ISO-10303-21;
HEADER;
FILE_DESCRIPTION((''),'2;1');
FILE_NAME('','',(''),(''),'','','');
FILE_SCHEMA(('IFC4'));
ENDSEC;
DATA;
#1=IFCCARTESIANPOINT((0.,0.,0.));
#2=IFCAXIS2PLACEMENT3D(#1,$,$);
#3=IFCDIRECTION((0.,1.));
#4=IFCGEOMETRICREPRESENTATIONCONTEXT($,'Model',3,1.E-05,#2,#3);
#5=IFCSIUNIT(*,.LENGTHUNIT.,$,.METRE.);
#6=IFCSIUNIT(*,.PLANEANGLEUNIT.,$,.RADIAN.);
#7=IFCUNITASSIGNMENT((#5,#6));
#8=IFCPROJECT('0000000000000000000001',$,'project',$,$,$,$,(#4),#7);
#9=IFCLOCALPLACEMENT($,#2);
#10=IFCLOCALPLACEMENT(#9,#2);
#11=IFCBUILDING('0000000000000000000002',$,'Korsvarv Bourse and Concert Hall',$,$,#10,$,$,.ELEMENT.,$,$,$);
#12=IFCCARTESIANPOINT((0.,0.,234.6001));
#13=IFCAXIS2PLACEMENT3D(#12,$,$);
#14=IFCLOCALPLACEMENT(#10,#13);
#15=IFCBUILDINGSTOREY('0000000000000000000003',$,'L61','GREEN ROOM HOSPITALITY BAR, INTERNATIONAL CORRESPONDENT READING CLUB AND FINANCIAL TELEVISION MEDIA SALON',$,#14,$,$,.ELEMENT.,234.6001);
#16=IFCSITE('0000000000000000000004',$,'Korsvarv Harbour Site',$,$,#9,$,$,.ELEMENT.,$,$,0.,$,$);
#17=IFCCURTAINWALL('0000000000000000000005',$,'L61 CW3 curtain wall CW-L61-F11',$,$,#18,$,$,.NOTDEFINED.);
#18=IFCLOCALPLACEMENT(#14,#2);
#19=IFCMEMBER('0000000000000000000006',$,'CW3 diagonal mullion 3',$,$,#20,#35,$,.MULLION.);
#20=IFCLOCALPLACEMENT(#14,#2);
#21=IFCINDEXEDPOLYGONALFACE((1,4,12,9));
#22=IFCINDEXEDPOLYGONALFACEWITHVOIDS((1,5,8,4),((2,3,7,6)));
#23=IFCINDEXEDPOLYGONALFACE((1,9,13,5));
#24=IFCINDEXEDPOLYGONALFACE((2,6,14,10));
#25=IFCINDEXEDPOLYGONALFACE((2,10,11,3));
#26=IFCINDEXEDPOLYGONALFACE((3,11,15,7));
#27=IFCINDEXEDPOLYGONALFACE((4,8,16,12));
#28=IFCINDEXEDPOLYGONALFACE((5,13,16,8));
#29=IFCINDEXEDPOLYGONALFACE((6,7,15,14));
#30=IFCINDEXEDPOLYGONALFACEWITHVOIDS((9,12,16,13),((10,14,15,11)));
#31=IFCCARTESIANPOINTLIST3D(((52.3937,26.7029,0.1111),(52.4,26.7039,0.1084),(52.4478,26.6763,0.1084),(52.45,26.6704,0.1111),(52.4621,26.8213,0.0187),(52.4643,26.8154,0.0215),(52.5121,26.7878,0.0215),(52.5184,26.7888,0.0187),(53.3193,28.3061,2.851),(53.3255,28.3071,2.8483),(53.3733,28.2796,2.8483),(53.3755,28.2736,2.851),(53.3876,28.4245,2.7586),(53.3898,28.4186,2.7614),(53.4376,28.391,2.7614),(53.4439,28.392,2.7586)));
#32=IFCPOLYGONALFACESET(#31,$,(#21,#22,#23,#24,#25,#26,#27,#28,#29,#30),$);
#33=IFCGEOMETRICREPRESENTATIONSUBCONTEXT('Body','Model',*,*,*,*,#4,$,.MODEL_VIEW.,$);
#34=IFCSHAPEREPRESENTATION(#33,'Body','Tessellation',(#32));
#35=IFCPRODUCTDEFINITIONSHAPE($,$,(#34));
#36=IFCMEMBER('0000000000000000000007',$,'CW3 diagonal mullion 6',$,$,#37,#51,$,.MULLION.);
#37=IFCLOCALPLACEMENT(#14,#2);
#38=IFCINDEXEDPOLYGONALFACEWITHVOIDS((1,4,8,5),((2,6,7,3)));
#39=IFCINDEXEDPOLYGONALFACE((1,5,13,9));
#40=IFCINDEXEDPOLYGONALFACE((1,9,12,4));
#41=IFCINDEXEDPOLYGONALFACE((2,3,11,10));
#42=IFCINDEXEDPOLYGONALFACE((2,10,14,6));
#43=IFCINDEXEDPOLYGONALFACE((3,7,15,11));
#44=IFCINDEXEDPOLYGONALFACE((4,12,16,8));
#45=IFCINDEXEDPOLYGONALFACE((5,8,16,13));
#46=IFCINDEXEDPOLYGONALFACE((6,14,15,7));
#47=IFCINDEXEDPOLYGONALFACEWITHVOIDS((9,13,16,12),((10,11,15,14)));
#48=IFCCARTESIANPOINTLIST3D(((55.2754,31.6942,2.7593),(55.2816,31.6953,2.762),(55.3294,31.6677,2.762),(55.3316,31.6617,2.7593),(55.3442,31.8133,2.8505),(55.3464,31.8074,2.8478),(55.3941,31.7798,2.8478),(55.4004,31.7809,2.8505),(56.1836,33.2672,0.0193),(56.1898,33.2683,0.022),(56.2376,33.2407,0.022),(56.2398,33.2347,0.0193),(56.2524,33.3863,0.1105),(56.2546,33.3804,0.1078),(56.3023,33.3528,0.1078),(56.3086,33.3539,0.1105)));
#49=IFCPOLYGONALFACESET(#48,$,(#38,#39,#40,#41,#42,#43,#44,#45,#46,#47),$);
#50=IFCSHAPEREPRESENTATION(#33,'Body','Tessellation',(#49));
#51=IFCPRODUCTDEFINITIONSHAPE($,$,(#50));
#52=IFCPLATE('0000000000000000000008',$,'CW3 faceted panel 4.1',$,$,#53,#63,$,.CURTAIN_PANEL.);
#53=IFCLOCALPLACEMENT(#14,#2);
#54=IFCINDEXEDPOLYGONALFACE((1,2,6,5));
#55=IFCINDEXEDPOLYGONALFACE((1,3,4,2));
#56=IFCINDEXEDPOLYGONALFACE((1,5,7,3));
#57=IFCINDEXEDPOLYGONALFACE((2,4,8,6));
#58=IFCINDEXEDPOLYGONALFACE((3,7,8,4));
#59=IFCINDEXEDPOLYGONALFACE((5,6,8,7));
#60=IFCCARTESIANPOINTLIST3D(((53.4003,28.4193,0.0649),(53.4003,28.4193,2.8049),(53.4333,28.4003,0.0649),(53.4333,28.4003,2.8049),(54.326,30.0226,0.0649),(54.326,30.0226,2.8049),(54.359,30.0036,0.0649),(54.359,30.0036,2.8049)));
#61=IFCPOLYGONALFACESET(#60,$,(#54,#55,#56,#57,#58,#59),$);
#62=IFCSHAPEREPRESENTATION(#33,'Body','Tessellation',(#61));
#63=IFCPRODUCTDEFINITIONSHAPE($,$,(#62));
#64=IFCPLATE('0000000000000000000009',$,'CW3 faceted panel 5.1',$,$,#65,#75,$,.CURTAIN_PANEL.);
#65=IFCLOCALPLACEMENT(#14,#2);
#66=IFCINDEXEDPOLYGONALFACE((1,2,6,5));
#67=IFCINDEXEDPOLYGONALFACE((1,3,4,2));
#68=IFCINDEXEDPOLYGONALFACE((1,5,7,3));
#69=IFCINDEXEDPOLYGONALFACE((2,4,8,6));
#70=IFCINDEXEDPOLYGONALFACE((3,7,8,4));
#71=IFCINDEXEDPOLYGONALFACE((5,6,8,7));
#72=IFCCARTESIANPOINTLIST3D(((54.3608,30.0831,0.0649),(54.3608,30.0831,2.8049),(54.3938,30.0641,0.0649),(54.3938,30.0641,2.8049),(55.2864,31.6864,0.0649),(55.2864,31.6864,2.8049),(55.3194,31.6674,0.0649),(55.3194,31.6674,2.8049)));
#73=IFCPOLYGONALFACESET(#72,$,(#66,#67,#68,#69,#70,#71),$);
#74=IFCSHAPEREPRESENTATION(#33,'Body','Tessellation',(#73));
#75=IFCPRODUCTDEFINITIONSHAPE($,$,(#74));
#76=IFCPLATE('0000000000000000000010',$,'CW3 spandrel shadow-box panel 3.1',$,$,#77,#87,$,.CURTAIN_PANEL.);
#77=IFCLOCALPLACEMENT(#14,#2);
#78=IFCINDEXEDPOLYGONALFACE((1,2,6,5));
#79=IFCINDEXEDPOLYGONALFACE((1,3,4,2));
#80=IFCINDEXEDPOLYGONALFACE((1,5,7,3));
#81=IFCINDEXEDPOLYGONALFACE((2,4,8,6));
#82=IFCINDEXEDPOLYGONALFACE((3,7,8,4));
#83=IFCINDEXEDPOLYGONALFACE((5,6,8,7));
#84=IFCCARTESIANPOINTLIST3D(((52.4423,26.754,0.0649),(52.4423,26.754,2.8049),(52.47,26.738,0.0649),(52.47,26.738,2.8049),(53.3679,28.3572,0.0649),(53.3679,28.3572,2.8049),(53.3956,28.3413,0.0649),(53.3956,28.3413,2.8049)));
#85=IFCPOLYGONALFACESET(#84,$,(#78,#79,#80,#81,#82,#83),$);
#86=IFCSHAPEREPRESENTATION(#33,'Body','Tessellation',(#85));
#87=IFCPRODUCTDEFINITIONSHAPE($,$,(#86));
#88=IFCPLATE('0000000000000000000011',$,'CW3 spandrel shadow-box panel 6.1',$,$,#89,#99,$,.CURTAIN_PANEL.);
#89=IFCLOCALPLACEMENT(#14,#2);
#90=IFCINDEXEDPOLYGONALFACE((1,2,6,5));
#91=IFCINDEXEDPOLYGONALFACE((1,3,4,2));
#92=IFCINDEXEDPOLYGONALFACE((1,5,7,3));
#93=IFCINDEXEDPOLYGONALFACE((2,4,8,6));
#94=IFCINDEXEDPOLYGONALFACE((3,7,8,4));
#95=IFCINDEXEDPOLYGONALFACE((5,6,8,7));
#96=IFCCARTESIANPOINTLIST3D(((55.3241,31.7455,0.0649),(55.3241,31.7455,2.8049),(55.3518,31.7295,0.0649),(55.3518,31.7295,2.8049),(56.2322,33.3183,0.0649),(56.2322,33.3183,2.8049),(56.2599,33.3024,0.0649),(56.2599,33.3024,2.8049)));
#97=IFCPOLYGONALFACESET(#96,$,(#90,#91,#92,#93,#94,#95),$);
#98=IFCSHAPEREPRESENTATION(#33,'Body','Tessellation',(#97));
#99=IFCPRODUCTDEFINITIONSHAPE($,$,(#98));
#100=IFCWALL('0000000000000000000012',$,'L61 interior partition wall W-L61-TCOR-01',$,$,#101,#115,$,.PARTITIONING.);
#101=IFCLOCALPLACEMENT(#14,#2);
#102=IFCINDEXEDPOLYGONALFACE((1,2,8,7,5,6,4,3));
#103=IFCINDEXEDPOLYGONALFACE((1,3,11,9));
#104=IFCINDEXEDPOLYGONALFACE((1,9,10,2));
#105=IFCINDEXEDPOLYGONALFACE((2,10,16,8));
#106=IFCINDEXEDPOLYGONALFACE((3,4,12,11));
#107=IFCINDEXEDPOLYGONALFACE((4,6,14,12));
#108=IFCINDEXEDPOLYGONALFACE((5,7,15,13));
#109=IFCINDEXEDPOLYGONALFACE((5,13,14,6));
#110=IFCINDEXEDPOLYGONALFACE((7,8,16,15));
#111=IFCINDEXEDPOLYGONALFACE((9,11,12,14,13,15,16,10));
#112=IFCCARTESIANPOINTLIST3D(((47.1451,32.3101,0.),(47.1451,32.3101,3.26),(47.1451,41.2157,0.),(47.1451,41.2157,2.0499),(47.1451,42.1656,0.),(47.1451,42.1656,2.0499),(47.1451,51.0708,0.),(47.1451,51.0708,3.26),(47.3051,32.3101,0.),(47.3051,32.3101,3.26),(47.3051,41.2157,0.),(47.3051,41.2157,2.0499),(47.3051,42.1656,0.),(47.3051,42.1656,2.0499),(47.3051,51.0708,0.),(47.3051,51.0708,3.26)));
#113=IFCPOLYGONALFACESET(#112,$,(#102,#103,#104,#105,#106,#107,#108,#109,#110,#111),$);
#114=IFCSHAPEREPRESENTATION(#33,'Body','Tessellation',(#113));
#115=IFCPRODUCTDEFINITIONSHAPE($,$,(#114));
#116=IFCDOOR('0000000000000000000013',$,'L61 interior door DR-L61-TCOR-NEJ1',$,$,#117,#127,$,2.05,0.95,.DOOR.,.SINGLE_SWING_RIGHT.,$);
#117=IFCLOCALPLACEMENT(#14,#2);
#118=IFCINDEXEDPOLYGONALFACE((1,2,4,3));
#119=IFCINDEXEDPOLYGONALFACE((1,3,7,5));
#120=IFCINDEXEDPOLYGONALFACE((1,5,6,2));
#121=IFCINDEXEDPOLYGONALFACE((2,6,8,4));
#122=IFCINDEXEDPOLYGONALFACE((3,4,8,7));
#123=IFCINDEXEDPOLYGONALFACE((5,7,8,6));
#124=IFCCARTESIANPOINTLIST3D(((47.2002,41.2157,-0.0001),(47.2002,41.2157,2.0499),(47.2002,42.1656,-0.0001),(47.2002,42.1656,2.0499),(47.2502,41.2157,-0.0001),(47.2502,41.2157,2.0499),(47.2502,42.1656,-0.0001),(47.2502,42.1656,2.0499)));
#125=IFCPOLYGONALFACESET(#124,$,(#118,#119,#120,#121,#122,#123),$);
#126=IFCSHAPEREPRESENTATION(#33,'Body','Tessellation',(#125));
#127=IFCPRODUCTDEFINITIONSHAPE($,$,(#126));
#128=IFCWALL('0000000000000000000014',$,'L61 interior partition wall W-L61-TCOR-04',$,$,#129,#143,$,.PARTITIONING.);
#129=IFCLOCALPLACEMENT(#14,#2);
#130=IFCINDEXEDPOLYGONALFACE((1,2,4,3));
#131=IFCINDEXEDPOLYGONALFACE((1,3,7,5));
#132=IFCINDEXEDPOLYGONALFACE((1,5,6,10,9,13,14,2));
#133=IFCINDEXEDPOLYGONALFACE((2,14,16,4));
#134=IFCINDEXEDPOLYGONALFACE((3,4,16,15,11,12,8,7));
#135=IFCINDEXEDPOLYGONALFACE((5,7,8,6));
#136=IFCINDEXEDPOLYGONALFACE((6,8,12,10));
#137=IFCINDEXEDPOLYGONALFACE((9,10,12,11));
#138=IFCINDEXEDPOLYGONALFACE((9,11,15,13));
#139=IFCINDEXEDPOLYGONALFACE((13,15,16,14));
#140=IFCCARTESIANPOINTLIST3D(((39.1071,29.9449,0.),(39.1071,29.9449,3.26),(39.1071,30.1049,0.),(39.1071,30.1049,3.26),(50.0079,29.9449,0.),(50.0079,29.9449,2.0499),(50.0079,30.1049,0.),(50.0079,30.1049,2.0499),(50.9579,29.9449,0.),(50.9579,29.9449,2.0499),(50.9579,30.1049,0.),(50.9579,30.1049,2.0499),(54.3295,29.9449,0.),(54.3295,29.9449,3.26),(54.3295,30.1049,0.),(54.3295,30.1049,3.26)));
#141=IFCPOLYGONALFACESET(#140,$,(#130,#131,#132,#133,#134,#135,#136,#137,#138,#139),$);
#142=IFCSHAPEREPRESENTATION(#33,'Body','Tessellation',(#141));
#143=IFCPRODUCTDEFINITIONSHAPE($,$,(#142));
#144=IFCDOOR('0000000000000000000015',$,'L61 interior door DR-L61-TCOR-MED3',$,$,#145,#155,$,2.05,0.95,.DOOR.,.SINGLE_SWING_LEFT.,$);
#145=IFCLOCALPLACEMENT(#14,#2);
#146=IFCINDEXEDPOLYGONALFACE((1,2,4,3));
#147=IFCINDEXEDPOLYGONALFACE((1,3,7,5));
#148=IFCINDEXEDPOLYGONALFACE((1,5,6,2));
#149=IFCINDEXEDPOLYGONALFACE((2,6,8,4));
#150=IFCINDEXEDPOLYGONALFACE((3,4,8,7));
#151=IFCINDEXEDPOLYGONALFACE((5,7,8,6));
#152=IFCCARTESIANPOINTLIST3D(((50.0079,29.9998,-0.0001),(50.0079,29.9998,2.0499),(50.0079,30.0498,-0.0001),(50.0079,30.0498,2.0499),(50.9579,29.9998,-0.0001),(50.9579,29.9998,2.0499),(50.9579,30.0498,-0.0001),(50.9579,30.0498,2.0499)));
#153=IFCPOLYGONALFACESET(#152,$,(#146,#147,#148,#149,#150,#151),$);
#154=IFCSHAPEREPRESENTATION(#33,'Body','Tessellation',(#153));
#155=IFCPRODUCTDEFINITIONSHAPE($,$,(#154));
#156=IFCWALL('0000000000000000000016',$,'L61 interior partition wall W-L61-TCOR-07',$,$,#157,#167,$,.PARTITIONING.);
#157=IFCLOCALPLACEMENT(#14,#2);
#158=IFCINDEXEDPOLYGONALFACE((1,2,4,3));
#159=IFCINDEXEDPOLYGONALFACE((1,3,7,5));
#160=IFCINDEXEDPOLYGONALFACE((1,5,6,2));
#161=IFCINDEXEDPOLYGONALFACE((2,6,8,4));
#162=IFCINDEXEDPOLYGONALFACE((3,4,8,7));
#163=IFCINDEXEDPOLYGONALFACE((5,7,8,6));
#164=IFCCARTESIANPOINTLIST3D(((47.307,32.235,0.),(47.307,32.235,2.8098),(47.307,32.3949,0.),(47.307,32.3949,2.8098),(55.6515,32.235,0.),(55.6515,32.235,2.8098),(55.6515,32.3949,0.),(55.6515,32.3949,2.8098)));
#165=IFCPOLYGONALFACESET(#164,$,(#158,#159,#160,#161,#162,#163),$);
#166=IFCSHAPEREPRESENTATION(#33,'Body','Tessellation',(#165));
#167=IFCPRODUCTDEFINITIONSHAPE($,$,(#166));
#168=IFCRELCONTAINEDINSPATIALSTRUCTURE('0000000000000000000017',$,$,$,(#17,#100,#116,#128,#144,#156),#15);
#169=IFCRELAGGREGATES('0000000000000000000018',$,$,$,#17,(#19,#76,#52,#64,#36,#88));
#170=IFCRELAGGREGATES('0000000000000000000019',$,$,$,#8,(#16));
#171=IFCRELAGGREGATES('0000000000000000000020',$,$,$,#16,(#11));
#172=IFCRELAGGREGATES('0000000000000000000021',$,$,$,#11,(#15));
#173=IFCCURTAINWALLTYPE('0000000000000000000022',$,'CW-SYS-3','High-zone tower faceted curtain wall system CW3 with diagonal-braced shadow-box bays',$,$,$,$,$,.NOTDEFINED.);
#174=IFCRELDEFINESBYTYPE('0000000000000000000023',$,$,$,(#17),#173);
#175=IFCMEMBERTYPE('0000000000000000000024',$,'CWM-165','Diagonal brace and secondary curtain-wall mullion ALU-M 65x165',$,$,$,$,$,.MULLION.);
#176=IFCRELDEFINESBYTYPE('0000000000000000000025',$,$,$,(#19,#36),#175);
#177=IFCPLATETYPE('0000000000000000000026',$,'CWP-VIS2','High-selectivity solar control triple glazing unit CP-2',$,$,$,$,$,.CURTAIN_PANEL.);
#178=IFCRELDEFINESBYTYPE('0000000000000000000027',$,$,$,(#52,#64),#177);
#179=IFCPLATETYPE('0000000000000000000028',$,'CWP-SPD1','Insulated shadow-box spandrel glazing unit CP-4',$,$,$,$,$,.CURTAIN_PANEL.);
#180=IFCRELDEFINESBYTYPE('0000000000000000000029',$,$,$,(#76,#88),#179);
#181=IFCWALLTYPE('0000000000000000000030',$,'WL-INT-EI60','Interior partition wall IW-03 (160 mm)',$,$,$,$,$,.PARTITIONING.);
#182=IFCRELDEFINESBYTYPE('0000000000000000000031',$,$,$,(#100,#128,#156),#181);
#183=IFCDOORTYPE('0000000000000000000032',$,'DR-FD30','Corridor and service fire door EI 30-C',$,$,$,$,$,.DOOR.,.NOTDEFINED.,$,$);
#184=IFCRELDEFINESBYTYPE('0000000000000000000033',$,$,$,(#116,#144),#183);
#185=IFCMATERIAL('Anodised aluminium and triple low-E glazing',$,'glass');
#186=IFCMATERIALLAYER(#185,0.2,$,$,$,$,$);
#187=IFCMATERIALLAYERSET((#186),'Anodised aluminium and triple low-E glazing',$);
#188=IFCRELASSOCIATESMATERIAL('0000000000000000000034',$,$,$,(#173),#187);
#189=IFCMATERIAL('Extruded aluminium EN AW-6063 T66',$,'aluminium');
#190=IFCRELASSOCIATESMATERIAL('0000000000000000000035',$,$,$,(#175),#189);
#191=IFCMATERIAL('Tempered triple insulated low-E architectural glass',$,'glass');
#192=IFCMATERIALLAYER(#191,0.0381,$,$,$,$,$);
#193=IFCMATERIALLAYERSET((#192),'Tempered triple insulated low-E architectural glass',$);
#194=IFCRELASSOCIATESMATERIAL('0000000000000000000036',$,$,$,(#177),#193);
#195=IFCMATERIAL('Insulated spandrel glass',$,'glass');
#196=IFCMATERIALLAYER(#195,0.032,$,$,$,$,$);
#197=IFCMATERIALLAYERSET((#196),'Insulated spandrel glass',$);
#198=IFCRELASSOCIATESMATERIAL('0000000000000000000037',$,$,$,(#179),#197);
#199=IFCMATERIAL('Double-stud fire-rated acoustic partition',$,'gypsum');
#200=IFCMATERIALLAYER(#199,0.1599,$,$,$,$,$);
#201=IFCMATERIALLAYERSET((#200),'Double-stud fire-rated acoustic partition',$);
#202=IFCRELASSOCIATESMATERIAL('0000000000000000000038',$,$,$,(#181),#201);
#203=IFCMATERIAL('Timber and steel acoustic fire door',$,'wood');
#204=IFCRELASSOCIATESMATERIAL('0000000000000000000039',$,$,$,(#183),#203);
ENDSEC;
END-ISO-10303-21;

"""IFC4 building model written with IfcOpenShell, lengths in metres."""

from ifc_helpers import new_model, si_unit, direction, frame, frame_2d, origin, origin_2d, place, context, subcontext, project, spatial, rectangle, hollow_rectangle, extrude, source, transform, mapped, material, layer, layer_set, material_profile, profile_set, type_object, element, fill, aggregate, save


model = new_model("IFC4")

# Units and contexts
model_context = context("Model", 3, precision=1e-05, world=origin(), true_north=direction((0.0, 1.0)))
body_context = subcontext(model_context, "Body", "Model", "MODEL_VIEW")
ifc_project = project(units=[si_unit("LENGTHUNIT", "METRE"), si_unit("PLANEANGLEUNIT", "RADIAN")], contexts=[model_context])

# Site, building, storey
site_placement = place(None, origin())
site = spatial("IfcSite", under=ifc_project, at=site_placement, Name="Korsvarv Harbour Site", CompositionType="ELEMENT", RefElevation=0.0)
building_placement = place(site_placement, origin())
building = spatial("IfcBuilding", under=site, at=building_placement, Name="Korsvarv Bourse and Concert Hall", CompositionType="ELEMENT")
storey_placement = place(building_placement, frame((0.0, 0.0, 234.6001)))
storey = spatial("IfcBuildingStorey", under=building, at=storey_placement, Name="L61", Description="GREEN ROOM HOSPITALITY BAR, INTERNATIONAL CORRESPONDENT READING CLUB AND FINANCIAL TELEVISION MEDIA SALON", CompositionType="ELEMENT", Elevation=234.6001)

# Curtain wall, members, plates
ifc_material_1 = material(Name="Anodised aluminium and triple low-E glazing", Category="glass")
ifc_layer_1 = layer(ifc_material_1, 0.2)
ifc_layer_set_1 = layer_set([ifc_layer_1], Name="Anodised aluminium and triple low-E glazing")
curtain_wall_type = type_object("IfcCurtainWallType", Name="CW-SYS-3", Description="High-zone tower faceted curtain wall system CW3 with diagonal-braced shadow-box bays", PredefinedType="NOTDEFINED", material=ifc_layer_set_1)
curtain_wall_placement = place(storey_placement, origin())
curtain_wall = element("IfcCurtainWall", 1, at=curtain_wall_placement, inside=storey, type_object=curtain_wall_type, Name="L61 CW3 curtain wall CW-L61-F11", PredefinedType="NOTDEFINED")
ifc_material_2 = material(Name="Extruded aluminium EN AW-6063 T66", Category="aluminium")
ifc_material_profile_1 = material_profile(ifc_material_2, hollow_rectangle(XDim=0.0649, YDim=0.165, WallThickness=0.0049, at=origin_2d()), Name="ALU-M 65x165")
ifc_profile_set_1 = profile_set([ifc_material_profile_1], Name="Extruded aluminium EN AW-6063 T66")
member_type_1 = type_object("IfcMemberType", Name="CWM-165", Description="Diagonal brace and secondary curtain-wall mullion ALU-M 65x165", PredefinedType="MULLION", material=ifc_profile_set_1)
shared_shape_1 = source(origin(), body_context, "Body", "SweptSolid", [
    extrude(hollow_rectangle(XDim=0.0649, YDim=0.165, WallThickness=0.0049, at=origin_2d()), origin(), (0.0, 0.0, 1.0), 3.3066),
])
member_1_placement = place(storey_placement, frame((52.4561, 26.7458, 0.0649), z_axis=(0.279893, 0.484847, 0.828603), x_axis=(-0.866052, 0.499955, 0.0)))
member_1 = element("IfcMember", 2, at=member_1_placement, type_object=member_type_1, Name="CW3 diagonal mullion 3", PredefinedType="MULLION", context=body_context, shape_type="MappedRepresentation", body=[
    mapped(shared_shape_1, transform((0.0, 0.0, 0.0), scale=1.0)),
])
shared_shape_2 = source(origin(), body_context, "Body", "SweptSolid", [
    extrude(hollow_rectangle(XDim=0.0649, YDim=0.165, WallThickness=0.0049, at=origin_2d()), origin(), (0.0, 0.0, 1.0), 3.2874),
])
member_2_placement = place(storey_placement, frame((56.2461, 33.3105, 0.0649), z_axis=(-0.276272, -0.4785, 0.833494), x_axis=(0.866018, -0.500013, 0.0)))
member_2 = element("IfcMember", 3, at=member_2_placement, type_object=member_type_1, Name="CW3 diagonal mullion 6", PredefinedType="MULLION", context=body_context, shape_type="MappedRepresentation", body=[
    mapped(shared_shape_2, transform((0.0, 0.0, 0.0), scale=1.0)),
])
ifc_material_3 = material(Name="Tempered triple insulated low-E architectural glass", Category="glass")
ifc_layer_2 = layer(ifc_material_3, 0.0381)
ifc_layer_set_2 = layer_set([ifc_layer_2], Name="Tempered triple insulated low-E architectural glass")
plate_type_1 = type_object("IfcPlateType", Name="CWP-VIS2", Description="High-selectivity solar control triple glazing unit CP-2", PredefinedType="CURTAIN_PANEL", material=ifc_layer_set_2)
shared_shape_3 = source(origin(), body_context, "Body", "SweptSolid", [
    extrude(rectangle(XDim=1.8513, YDim=0.0381, at=origin_2d()), origin(), (0.0, 0.0, 1.0), 2.74),
])
plate_1_placement = place(storey_placement, frame((53.8796, 29.2114, 0.0649), z_axis=(0.0, 0.0, 1.0), x_axis=(0.499996, 0.866028, 0.0)))
plate_1 = element("IfcPlate", 4, at=plate_1_placement, type_object=plate_type_1, Name="CW3 faceted panel 4.1", PredefinedType="CURTAIN_PANEL", context=body_context, shape_type="MappedRepresentation", body=[
    mapped(shared_shape_3, transform((0.0, 0.0, 0.0), scale=1.0)),
])
plate_2_placement = place(storey_placement, frame((54.8401, 30.8752, 0.0649), z_axis=(0.0, 0.0, 1.0), x_axis=(0.499996, 0.866028, 0.0)))
plate_2 = element("IfcPlate", 5, at=plate_2_placement, type_object=plate_type_1, Name="CW3 faceted panel 5.1", PredefinedType="CURTAIN_PANEL", context=body_context, shape_type="MappedRepresentation", body=[
    mapped(shared_shape_3, transform((0.0, 0.0, 0.0), scale=1.0)),
])
ifc_material_4 = material(Name="Insulated spandrel glass", Category="glass")
ifc_layer_3 = layer(ifc_material_4, 0.032)
ifc_layer_set_3 = layer_set([ifc_layer_3], Name="Insulated spandrel glass")
plate_type_2 = type_object("IfcPlateType", Name="CWP-SPD1", Description="Insulated shadow-box spandrel glazing unit CP-4", PredefinedType="CURTAIN_PANEL", material=ifc_layer_set_3)
shared_shape_4 = source(origin(), body_context, "Body", "SweptSolid", [
    extrude(rectangle(XDim=1.8513, YDim=0.032, at=origin_2d()), origin(), (0.0, 0.0, 1.0), 2.74),
])
plate_3_placement = place(storey_placement, frame((52.9189, 27.5476, 0.0649), z_axis=(0.0, 0.0, 1.0), x_axis=(0.499996, 0.866028, 0.0)))
plate_3 = element("IfcPlate", 6, at=plate_3_placement, type_object=plate_type_2, Name="CW3 spandrel shadow-box panel 3.1", PredefinedType="CURTAIN_PANEL", context=body_context, shape_type="MappedRepresentation", body=[
    mapped(shared_shape_4, transform((0.0, 0.0, 0.0), scale=1.0)),
])
shared_shape_5 = source(origin(), body_context, "Body", "SweptSolid", [
    extrude(rectangle(XDim=1.8162, YDim=0.032, at=origin_2d()), origin(), (0.0, 0.0, 1.0), 2.74),
])
plate_4_placement = place(storey_placement, frame((55.792, 32.5239, 0.0649), z_axis=(0.0, 0.0, 1.0), x_axis=(0.499996, 0.866028, 0.0)))
plate_4 = element("IfcPlate", 7, at=plate_4_placement, type_object=plate_type_2, Name="CW3 spandrel shadow-box panel 6.1", PredefinedType="CURTAIN_PANEL", context=body_context, shape_type="MappedRepresentation", body=[
    mapped(shared_shape_5, transform((0.0, 0.0, 0.0), scale=1.0)),
])
aggregate(curtain_wall, [member_1, plate_3, plate_1, plate_2, member_2, plate_4])

# Walls, openings, doors
ifc_material_5 = material(Name="Double-stud fire-rated acoustic partition", Category="gypsum")
ifc_layer_4 = layer(ifc_material_5, 0.1599)
ifc_layer_set_4 = layer_set([ifc_layer_4], Name="Double-stud fire-rated acoustic partition")
wall_type_1 = type_object("IfcWallType", Name="WL-INT-EI60", Description="Interior partition wall IW-03 (160 mm)", PredefinedType="PARTITIONING", material=ifc_layer_set_4)
wall_1_placement = place(storey_placement, frame((47.2251, 32.3101, 0.0), z_axis=(0.0, 0.0, 1.0), x_axis=(0.0, 1.0, 0.0)))
wall_1 = element("IfcWall", 8, at=wall_1_placement, inside=storey, type_object=wall_type_1, Name="L61 interior partition wall W-L61-TCOR-01", PredefinedType="PARTITIONING", context=body_context, shape_type="SweptSolid", body=[
    extrude(rectangle(XDim=18.7607, YDim=0.1599, at=frame_2d((9.3804, 0.0))), origin(), (0.0, 0.0, 1.0), 3.26),
])
opening_1_placement = place(wall_1_placement, frame((8.9055, 0.0, 0.0)))
opening_1 = element("IfcOpeningElement", 9, at=opening_1_placement, cuts=wall_1, PredefinedType="OPENING", context=body_context, shape_type="SweptSolid", body=[
    extrude(rectangle(XDim=0.95, YDim=2.05, at=frame_2d((0.4751, 1.0249))), frame((0.0, 0.0898, 0.0), z_axis=(0.0, -1.0, 0.0), x_axis=(1.0, 0.0, 0.0)), (0.0, 0.0, 1.0), 0.1799),
])
ifc_material_6 = material(Name="Timber and steel acoustic fire door", Category="wood")
door_type = type_object("IfcDoorType", Name="DR-FD30", Description="Corridor and service fire door EI 30-C", OperationType="NOTDEFINED", PredefinedType="DOOR", material=ifc_material_6)
door_1_placement = place(opening_1_placement, origin())
door_1 = element("IfcDoor", 10, at=door_1_placement, inside=storey, type_object=door_type, Name="L61 interior door DR-L61-TCOR-NEJ1", OperationType="SINGLE_SWING_RIGHT", OverallHeight=2.05, OverallWidth=0.95, PredefinedType="DOOR", context=body_context, shape_type="SweptSolid", body=[
    extrude(rectangle(XDim=0.95, YDim=2.05, at=frame_2d((0.4751, 1.0249))), frame((0.0, 0.0249, 0.0), z_axis=(0.0, -1.0, 0.0), x_axis=(1.0, 0.0, 0.0)), (0.0, 0.0, 1.0), 0.05),
])
fill(opening_1, door_1)
wall_2_placement = place(storey_placement, frame((39.1069, 30.0249, 0.0), z_axis=(0.0, 0.0, 1.0), x_axis=(1.0, 0.0, 0.0)))
wall_2 = element("IfcWall", 11, at=wall_2_placement, inside=storey, type_object=wall_type_1, Name="L61 interior partition wall W-L61-TCOR-04", PredefinedType="PARTITIONING", context=body_context, shape_type="SweptSolid", body=[
    extrude(rectangle(XDim=15.2224, YDim=0.1599, at=frame_2d((7.6113, 0.0))), origin(), (0.0, 0.0, 1.0), 3.26),
])
opening_2_placement = place(wall_2_placement, frame((10.9009, 0.0, 0.0)))
opening_2 = element("IfcOpeningElement", 12, at=opening_2_placement, cuts=wall_2, PredefinedType="OPENING", context=body_context, shape_type="SweptSolid", body=[
    extrude(rectangle(XDim=0.95, YDim=2.05, at=frame_2d((0.4751, 1.0249))), frame((0.0, 0.0898, 0.0), z_axis=(0.0, -1.0, 0.0), x_axis=(1.0, 0.0, 0.0)), (0.0, 0.0, 1.0), 0.1799),
])
door_2_placement = place(opening_2_placement, origin())
door_2 = element("IfcDoor", 13, at=door_2_placement, inside=storey, type_object=door_type, Name="L61 interior door DR-L61-TCOR-MED3", OperationType="SINGLE_SWING_LEFT", OverallHeight=2.05, OverallWidth=0.95, PredefinedType="DOOR", context=body_context, shape_type="SweptSolid", body=[
    extrude(rectangle(XDim=0.95, YDim=2.05, at=frame_2d((0.4751, 1.0249))), frame((0.0, 0.0249, 0.0), z_axis=(0.0, -1.0, 0.0), x_axis=(1.0, 0.0, 0.0)), (0.0, 0.0, 1.0), 0.05),
])
fill(opening_2, door_2)

# Wall
wall_3_placement = place(storey_placement, frame((47.3069, 32.3149, 0.0), z_axis=(0.0, 0.0, 1.0), x_axis=(1.0, 0.0, 0.0)))
element("IfcWall", 14, at=wall_3_placement, inside=storey, type_object=wall_type_1, Name="L61 interior partition wall W-L61-TCOR-07", PredefinedType="PARTITIONING", context=body_context, shape_type="SweptSolid", body=[
    extrude(rectangle(XDim=8.3445, YDim=0.1599, at=frame_2d((4.1724, 0.0))), origin(), (0.0, 0.0, 1.0), 2.8098),
])

save(model, "model.ifc")
